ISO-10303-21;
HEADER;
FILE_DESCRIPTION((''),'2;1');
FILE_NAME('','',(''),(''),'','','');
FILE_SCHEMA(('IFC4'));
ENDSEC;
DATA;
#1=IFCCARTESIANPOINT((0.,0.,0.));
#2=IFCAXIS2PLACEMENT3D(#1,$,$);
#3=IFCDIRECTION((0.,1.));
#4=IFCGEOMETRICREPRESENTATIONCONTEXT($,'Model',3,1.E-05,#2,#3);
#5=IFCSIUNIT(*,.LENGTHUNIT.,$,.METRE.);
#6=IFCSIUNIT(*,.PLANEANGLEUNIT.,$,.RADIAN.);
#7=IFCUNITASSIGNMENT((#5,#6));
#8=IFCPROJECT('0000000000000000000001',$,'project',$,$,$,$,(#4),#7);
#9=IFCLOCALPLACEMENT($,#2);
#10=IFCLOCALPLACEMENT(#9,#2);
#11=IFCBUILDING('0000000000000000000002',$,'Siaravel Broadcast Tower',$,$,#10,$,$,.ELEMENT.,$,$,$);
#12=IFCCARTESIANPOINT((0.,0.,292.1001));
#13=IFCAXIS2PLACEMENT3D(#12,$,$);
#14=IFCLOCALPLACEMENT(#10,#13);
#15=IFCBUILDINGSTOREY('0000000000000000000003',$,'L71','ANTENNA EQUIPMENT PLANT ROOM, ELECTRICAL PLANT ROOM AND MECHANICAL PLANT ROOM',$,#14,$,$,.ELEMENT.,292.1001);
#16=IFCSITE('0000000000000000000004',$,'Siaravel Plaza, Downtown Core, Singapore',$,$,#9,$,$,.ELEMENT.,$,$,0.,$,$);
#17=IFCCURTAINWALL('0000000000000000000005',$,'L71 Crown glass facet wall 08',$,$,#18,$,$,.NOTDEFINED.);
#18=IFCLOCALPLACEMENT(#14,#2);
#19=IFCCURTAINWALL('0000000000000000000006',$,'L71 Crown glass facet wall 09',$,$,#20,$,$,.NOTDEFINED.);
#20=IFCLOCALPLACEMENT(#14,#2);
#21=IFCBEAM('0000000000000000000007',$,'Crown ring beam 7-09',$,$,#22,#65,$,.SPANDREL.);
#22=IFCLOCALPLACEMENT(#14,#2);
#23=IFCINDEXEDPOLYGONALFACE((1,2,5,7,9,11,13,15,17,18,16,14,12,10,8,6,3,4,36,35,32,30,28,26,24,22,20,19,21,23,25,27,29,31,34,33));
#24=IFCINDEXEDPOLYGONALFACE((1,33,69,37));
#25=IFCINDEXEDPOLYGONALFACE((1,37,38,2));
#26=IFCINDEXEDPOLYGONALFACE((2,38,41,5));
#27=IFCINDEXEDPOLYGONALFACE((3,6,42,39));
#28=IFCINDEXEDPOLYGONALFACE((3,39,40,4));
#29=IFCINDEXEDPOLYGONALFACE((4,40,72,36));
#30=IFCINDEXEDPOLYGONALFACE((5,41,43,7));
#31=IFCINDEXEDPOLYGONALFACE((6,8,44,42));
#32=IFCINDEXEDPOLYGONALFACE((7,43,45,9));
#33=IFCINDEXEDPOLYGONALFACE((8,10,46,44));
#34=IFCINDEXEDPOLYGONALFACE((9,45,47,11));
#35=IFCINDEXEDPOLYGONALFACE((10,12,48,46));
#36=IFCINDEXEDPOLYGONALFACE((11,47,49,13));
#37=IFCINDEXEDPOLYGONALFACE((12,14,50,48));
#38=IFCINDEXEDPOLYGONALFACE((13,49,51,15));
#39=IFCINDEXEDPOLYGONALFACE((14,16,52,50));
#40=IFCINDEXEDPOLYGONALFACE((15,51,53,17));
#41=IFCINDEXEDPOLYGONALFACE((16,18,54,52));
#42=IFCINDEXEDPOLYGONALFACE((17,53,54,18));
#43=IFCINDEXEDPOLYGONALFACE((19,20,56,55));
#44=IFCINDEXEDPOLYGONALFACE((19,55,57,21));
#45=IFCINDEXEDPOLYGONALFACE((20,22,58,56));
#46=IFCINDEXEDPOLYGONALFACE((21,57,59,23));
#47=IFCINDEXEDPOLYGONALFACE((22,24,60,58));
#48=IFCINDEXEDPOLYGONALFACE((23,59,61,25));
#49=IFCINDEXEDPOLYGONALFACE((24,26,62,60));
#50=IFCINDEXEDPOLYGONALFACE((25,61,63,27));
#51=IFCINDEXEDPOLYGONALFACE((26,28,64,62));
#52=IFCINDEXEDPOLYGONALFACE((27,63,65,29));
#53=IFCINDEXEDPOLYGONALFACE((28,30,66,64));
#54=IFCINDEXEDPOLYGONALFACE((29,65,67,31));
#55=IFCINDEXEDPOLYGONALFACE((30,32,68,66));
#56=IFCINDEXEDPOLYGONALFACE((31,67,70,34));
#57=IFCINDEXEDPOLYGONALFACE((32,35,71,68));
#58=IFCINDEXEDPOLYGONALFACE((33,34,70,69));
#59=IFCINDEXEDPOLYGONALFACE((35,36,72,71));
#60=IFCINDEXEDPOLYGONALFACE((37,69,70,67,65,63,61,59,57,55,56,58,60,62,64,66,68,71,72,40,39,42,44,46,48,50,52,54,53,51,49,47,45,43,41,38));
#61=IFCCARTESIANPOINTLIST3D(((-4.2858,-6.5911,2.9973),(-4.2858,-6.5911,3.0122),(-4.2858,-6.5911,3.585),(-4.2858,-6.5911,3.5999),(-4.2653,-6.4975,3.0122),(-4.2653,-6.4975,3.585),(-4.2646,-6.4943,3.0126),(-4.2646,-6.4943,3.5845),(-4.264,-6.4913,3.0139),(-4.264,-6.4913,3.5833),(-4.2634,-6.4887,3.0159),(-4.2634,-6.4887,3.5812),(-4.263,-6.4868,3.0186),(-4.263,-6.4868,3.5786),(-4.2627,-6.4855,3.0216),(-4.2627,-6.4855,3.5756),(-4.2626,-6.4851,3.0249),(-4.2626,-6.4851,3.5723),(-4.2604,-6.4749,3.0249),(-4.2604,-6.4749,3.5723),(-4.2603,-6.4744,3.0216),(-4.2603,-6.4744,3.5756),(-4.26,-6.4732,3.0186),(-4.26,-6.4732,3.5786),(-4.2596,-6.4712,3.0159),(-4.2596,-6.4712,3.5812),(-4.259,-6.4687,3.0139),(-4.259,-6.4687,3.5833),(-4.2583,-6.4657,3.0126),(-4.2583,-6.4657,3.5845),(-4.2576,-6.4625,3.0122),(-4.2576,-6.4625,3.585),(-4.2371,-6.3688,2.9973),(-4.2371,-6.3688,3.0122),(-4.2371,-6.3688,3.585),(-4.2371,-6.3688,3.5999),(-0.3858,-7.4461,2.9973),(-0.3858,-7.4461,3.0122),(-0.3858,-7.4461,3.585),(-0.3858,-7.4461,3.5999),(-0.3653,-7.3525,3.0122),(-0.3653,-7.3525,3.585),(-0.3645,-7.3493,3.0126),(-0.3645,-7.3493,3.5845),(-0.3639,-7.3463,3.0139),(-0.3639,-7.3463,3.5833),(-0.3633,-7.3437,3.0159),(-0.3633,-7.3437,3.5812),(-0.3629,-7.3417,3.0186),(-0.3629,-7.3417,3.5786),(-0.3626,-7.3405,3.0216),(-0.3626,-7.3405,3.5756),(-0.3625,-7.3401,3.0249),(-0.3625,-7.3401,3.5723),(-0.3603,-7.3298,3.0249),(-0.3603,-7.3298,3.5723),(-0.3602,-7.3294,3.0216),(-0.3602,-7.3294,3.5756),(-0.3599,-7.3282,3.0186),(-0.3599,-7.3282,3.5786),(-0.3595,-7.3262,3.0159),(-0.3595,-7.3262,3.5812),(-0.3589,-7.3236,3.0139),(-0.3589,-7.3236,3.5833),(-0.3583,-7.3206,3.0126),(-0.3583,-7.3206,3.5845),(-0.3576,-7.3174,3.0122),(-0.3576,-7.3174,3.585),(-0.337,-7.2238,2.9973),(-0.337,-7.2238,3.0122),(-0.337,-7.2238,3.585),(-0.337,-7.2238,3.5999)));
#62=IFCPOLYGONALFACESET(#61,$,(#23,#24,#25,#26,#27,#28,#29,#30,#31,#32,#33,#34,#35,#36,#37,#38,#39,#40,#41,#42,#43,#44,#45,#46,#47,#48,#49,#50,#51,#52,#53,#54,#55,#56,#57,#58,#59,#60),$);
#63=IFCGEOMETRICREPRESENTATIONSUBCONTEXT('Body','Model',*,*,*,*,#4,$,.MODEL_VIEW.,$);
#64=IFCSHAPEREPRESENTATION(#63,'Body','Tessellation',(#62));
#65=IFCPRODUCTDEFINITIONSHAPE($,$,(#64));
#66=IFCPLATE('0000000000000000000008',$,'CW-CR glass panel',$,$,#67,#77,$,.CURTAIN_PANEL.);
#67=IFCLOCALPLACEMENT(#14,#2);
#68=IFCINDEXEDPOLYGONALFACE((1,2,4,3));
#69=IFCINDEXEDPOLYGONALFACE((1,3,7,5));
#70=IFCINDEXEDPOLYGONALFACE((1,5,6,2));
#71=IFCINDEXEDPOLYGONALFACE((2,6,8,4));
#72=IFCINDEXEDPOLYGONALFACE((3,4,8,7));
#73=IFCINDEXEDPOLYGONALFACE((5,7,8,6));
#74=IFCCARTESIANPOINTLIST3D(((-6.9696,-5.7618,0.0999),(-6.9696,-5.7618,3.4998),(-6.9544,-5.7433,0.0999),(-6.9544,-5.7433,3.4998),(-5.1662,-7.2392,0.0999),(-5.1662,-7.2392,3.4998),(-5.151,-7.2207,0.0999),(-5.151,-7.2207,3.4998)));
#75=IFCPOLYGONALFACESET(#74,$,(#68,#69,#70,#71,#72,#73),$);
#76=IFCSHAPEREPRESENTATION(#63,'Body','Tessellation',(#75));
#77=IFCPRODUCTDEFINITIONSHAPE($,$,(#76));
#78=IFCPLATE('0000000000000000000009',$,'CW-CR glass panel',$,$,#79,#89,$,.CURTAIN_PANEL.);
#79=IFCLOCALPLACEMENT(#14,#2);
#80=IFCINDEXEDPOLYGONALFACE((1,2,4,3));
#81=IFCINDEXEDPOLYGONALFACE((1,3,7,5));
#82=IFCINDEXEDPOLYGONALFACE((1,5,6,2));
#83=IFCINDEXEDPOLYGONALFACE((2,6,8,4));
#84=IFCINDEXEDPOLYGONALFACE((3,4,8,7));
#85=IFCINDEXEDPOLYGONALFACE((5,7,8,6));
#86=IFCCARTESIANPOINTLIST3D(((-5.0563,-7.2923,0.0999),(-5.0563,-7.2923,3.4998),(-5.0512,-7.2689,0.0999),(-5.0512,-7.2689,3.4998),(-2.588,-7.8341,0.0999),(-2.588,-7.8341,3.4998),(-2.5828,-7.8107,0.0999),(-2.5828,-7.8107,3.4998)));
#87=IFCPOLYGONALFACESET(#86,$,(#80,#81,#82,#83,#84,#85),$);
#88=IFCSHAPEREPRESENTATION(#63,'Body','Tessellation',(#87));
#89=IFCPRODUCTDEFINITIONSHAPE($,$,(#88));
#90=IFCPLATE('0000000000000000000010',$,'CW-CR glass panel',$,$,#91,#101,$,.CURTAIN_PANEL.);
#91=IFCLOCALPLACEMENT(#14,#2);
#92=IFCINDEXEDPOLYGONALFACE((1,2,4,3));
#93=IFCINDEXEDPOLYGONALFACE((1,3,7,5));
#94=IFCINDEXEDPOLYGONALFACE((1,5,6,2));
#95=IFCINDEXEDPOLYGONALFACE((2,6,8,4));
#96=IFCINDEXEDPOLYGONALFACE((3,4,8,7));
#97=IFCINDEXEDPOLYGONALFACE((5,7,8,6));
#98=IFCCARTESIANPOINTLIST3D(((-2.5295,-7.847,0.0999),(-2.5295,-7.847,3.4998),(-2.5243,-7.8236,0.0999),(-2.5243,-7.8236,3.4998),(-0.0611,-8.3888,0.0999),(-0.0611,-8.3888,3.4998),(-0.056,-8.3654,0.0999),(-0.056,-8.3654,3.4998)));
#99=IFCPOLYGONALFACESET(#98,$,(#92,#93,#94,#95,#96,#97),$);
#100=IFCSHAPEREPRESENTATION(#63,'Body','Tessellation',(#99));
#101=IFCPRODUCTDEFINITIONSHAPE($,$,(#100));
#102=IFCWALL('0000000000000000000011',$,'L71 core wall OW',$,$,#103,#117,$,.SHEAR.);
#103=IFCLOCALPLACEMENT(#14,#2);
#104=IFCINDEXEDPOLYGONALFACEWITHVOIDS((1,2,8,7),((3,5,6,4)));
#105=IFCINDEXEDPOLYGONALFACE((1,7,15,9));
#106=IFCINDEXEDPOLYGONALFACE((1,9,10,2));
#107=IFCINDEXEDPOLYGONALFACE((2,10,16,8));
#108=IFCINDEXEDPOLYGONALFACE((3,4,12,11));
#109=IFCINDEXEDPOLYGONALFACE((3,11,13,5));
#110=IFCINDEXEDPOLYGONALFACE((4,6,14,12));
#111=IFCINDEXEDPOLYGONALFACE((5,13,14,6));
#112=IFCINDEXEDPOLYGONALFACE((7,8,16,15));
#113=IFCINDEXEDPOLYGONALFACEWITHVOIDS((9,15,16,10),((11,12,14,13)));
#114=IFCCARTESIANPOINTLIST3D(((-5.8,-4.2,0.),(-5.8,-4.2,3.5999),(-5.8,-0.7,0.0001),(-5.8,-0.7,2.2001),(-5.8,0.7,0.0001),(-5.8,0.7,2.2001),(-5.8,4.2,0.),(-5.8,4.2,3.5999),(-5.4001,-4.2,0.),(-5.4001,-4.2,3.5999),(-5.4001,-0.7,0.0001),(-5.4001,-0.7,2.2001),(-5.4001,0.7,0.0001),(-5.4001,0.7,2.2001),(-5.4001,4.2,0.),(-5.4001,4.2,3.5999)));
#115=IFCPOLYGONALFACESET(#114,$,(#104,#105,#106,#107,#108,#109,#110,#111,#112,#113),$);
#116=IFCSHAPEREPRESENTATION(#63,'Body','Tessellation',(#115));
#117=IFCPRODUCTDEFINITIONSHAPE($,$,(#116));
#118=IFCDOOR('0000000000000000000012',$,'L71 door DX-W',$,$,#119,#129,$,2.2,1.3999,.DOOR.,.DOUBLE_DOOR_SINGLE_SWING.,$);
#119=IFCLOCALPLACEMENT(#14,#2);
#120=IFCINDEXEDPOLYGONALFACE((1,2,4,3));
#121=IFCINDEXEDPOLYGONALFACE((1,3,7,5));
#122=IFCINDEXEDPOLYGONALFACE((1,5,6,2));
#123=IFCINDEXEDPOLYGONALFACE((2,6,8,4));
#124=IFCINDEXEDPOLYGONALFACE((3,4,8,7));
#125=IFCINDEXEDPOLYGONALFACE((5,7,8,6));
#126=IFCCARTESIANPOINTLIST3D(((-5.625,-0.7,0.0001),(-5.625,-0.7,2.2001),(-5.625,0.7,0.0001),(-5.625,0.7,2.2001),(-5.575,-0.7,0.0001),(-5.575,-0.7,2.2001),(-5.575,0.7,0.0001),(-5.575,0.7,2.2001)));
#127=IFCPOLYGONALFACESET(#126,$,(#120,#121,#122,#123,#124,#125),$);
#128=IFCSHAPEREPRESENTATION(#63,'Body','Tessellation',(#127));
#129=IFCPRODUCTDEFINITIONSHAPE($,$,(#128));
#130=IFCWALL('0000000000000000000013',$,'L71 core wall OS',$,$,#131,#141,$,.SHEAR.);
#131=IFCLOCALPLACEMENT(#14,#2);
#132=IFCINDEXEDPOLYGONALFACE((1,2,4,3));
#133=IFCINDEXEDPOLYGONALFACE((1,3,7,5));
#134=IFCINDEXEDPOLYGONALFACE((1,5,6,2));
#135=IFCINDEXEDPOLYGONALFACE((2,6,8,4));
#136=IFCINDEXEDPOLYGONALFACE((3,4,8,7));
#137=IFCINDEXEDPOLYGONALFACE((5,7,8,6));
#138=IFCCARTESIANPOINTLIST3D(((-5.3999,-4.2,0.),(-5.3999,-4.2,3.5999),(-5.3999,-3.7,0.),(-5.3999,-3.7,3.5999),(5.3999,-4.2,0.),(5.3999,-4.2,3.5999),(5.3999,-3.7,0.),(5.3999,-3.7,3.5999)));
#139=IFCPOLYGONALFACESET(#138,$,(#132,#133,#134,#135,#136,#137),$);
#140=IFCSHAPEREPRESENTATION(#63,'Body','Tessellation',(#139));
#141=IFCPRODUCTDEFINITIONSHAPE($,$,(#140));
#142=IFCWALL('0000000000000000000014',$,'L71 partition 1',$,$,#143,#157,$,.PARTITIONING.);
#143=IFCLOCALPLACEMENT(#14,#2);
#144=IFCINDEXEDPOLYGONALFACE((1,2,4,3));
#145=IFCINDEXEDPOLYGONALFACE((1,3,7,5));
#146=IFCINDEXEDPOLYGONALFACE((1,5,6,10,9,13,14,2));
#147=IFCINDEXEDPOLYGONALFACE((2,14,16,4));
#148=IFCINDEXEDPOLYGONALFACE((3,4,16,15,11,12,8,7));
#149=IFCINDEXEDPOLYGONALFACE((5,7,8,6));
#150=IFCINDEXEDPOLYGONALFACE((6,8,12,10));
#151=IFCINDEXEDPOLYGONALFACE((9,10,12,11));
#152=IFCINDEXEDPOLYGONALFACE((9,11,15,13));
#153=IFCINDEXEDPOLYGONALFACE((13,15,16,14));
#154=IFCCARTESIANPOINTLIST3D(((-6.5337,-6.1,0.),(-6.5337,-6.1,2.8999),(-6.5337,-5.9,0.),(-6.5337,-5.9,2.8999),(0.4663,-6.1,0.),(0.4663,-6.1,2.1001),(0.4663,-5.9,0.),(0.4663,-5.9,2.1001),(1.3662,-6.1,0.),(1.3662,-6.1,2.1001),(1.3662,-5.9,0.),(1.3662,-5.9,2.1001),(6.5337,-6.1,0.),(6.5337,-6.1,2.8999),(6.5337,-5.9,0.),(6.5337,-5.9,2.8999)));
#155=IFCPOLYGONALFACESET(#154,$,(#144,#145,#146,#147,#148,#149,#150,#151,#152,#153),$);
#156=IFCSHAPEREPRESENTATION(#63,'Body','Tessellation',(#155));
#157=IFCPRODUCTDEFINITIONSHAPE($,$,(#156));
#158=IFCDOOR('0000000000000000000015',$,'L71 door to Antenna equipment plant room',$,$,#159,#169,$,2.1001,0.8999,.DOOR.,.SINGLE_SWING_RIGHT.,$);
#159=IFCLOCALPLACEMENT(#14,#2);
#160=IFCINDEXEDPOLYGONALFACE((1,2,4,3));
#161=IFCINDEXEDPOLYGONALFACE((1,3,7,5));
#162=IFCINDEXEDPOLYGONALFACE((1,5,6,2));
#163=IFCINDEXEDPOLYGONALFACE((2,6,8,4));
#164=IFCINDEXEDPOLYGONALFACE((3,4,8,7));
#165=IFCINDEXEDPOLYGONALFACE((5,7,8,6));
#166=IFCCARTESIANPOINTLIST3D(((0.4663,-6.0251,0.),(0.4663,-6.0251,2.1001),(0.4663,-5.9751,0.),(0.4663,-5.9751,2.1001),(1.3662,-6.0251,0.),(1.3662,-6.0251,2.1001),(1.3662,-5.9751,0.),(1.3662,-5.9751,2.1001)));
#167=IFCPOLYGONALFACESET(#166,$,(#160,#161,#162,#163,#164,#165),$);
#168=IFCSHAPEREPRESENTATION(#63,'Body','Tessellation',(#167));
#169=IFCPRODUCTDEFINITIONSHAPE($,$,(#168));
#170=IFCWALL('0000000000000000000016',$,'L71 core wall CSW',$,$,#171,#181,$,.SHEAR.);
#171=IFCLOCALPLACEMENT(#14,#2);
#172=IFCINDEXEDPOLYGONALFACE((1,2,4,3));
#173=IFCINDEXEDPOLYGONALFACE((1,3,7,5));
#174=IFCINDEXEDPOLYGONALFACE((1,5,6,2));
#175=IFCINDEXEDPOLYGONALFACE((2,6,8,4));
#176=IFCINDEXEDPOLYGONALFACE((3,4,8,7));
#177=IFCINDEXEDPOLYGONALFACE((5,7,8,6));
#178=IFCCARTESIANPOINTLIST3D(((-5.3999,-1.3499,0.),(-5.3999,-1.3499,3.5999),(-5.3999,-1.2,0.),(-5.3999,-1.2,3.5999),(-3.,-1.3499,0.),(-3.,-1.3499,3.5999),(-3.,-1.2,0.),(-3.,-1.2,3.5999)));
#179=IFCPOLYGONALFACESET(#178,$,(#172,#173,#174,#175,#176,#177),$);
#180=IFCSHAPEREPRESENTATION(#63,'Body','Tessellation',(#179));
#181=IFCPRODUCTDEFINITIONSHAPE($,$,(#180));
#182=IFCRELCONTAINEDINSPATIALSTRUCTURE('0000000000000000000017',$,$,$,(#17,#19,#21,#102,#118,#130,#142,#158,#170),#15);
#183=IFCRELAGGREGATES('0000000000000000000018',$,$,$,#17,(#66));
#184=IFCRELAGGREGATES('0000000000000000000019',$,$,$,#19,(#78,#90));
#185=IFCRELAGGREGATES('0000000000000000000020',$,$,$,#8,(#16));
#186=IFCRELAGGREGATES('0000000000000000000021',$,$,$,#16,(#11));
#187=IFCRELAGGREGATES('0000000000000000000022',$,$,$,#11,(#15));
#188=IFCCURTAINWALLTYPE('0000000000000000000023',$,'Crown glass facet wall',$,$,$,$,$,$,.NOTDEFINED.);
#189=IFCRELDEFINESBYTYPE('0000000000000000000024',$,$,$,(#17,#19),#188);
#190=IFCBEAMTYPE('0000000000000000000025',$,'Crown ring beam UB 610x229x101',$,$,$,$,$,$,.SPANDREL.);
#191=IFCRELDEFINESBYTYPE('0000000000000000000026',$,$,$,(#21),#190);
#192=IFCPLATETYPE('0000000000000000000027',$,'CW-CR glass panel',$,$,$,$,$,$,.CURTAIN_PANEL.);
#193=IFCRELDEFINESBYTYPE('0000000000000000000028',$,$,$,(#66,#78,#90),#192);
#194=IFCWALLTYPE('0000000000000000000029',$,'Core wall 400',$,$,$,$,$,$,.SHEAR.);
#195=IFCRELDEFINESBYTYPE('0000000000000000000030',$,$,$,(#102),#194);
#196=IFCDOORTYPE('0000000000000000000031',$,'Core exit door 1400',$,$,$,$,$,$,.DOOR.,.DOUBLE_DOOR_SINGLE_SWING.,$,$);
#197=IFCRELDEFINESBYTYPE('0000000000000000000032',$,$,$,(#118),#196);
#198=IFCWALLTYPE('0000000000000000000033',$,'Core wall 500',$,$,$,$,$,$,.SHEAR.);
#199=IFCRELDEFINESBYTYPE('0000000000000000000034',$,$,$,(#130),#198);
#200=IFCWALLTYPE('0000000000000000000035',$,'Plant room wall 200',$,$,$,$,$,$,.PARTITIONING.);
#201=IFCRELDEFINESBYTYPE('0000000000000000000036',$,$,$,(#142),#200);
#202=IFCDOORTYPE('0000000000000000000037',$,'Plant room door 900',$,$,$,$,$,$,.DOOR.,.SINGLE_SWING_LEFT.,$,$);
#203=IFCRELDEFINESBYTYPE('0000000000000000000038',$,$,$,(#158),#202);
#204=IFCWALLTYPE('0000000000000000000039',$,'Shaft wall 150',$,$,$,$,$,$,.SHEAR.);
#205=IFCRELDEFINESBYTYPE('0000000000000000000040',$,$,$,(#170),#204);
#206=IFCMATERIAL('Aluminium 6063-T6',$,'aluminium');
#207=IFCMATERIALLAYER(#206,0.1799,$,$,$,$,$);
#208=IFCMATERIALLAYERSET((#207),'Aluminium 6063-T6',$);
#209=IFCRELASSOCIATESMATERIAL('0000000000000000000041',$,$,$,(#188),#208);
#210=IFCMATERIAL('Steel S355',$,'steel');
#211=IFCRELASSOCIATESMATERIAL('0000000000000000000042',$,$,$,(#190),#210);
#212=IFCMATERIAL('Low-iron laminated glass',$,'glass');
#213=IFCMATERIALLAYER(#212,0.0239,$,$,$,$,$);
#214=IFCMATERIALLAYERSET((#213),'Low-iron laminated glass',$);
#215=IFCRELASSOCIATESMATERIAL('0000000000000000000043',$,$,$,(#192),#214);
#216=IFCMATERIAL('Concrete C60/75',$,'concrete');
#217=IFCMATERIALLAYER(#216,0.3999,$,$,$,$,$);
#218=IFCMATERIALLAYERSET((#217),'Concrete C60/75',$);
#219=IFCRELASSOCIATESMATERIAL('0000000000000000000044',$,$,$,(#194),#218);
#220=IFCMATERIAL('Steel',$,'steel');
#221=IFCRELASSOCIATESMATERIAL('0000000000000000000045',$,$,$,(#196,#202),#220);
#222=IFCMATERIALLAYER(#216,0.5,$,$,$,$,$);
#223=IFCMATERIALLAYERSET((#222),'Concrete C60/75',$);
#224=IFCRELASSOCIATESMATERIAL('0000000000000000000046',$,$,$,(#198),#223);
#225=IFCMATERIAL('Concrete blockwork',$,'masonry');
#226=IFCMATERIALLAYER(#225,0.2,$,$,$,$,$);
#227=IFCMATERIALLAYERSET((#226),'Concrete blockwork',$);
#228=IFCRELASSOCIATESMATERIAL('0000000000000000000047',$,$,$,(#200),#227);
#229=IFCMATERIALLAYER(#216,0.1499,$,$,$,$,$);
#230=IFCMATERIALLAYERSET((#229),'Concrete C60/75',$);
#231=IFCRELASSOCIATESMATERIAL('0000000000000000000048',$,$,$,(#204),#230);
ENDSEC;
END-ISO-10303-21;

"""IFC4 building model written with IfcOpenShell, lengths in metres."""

from ifc_helpers import new_model, si_unit, direction, frame, frame_2d, origin, origin_2d, place, context, subcontext, project, spatial, rectangle, i_section, extrude, material, layer, layer_set, material_profile, profile_set, type_object, element, fill, aggregate, save


model = new_model("IFC4")

# Units and contexts
model_context = context("Model", 3, precision=1e-05, world=origin(), true_north=direction((0.0, 1.0)))
body_context = subcontext(model_context, "Body", "Model", "MODEL_VIEW")
ifc_project = project(units=[si_unit("LENGTHUNIT", "METRE"), si_unit("PLANEANGLEUNIT", "RADIAN")], contexts=[model_context])

# Site, building, storey
site_placement = place(None, origin())
site = spatial("IfcSite", under=ifc_project, at=site_placement, Name="Siaravel Plaza, Downtown Core, Singapore", CompositionType="ELEMENT", RefElevation=0.0)
building_placement = place(site_placement, origin())
building = spatial("IfcBuilding", under=site, at=building_placement, Name="Siaravel Broadcast Tower", CompositionType="ELEMENT")
storey_placement = place(building_placement, frame((0.0, 0.0, 292.1001)))
storey = spatial("IfcBuildingStorey", under=building, at=storey_placement, Name="L71", Description="ANTENNA EQUIPMENT PLANT ROOM, ELECTRICAL PLANT ROOM AND MECHANICAL PLANT ROOM", CompositionType="ELEMENT", Elevation=292.1001)

# Curtain wall
ifc_material_1 = material(Name="Aluminium 6063-T6", Category="aluminium")
ifc_layer_1 = layer(ifc_material_1, 0.1799)
ifc_layer_set_1 = layer_set([ifc_layer_1], Name="Aluminium 6063-T6")
curtain_wall_type = type_object("IfcCurtainWallType", Name="Crown glass facet wall", PredefinedType="NOTDEFINED", material=ifc_layer_set_1)
curtain_wall_1_placement = place(storey_placement, origin())
curtain_wall_1 = element("IfcCurtainWall", 1, at=curtain_wall_1_placement, inside=storey, type_object=curtain_wall_type, Name="L71 Crown glass facet wall 08", PredefinedType="NOTDEFINED")

# Curtain wall
curtain_wall_2_placement = place(storey_placement, origin())
curtain_wall_2 = element("IfcCurtainWall", 2, at=curtain_wall_2_placement, inside=storey, type_object=curtain_wall_type, Name="L71 Crown glass facet wall 09", PredefinedType="NOTDEFINED")

# Beam
ifc_material_2 = material(Name="Steel S355", Category="steel")
ifc_material_profile_1 = material_profile(ifc_material_2, i_section(OverallWidth=0.2275, OverallDepth=0.6025, WebThickness=0.0105, FlangeThickness=0.0149, FilletRadius=0.0127, at=origin_2d()))
ifc_profile_set_1 = profile_set([ifc_material_profile_1], Name="Steel S355")
beam_type_1 = type_object("IfcBeamType", Name="Crown ring beam UB 610x229x101", PredefinedType="SPANDREL", material=ifc_profile_set_1)
beam_1_placement = place(storey_placement, frame((-4.2615, -6.48, 3.2986), z_axis=(0.976805, -0.214133, 0.0), x_axis=(0.214133, 0.976805, 0.0)))
element("IfcBeam", 3, at=beam_1_placement, inside=storey, type_object=beam_type_1, Name="Crown ring beam 7-09", PredefinedType="SPANDREL", context=body_context, shape_type="SweptSolid", body=[
    extrude(i_section(OverallWidth=0.2275, OverallDepth=0.6025, WebThickness=0.0105, FlangeThickness=0.0149, FilletRadius=0.0127, at=origin_2d()), origin(), (0.0, 0.0, 1.0), 3.9927),
])

# Plates
ifc_material_3 = material(Name="Low-iron laminated glass", Category="glass")
ifc_layer_2 = layer(ifc_material_3, 0.0239)
ifc_layer_set_2 = layer_set([ifc_layer_2], Name="Low-iron laminated glass")
plate_type = type_object("IfcPlateType", Name="CW-CR glass panel", PredefinedType="CURTAIN_PANEL", material=ifc_layer_set_2)
plate_1_placement = place(storey_placement, frame((-6.0603, -6.4912, 0.0999), z_axis=(0.0, 0.0, 1.0), x_axis=(0.773559, -0.633724, 0.0)))
plate_1 = element("IfcPlate", 4, at=plate_1_placement, type_object=plate_type, Name="CW-CR glass panel", PredefinedType="CURTAIN_PANEL", context=body_context, shape_type="SweptSolid", body=[
    extrude(rectangle(XDim=2.3313, YDim=0.0239, at=origin_2d()), origin(), (0.0, 0.0, 1.0), 3.3999),
])
aggregate(curtain_wall_1, [plate_1])
plate_2_placement = place(storey_placement, frame((-3.8196, -7.5515, 0.0999), z_axis=(0.0, 0.0, 1.0), x_axis=(0.976746, -0.214399, 0.0)))
plate_2 = element("IfcPlate", 5, at=plate_2_placement, type_object=plate_type, Name="CW-CR glass panel", PredefinedType="CURTAIN_PANEL", context=body_context, shape_type="SweptSolid", body=[
    extrude(rectangle(XDim=2.5271, YDim=0.0239, at=origin_2d()), origin(), (0.0, 0.0, 1.0), 3.3999),
])
plate_3_placement = place(storey_placement, frame((-1.2927, -8.1062, 0.0999), z_axis=(0.0, 0.0, 1.0), x_axis=(0.976746, -0.214399, 0.0)))
plate_3 = element("IfcPlate", 6, at=plate_3_placement, type_object=plate_type, Name="CW-CR glass panel", PredefinedType="CURTAIN_PANEL", context=body_context, shape_type="SweptSolid", body=[
    extrude(rectangle(XDim=2.5271, YDim=0.0239, at=origin_2d()), origin(), (0.0, 0.0, 1.0), 3.3999),
])
aggregate(curtain_wall_2, [plate_2, plate_3])

# Wall, opening, door
ifc_material_4 = material(Name="Concrete C60/75", Category="concrete")
ifc_layer_3 = layer(ifc_material_4, 0.3999)
ifc_layer_set_3 = layer_set([ifc_layer_3], Name="Concrete C60/75")
wall_type_1 = type_object("IfcWallType", Name="Core wall 400", PredefinedType="SHEAR", material=ifc_layer_set_3)
wall_1_placement = place(storey_placement, frame((-5.6001, -4.2, 0.0), z_axis=(0.0, 0.0, 1.0), x_axis=(0.0, 1.0, 0.0)))
wall_1 = element("IfcWall", 7, at=wall_1_placement, inside=storey, type_object=wall_type_1, Name="L71 core wall OW", PredefinedType="SHEAR", context=body_context, shape_type="SweptSolid", body=[
    extrude(rectangle(XDim=8.3999, YDim=0.3999, at=frame_2d((4.2, 0.0))), origin(), (0.0, 0.0, 1.0), 3.5999),
])
opening_1_placement = place(wall_1_placement, frame((3.5, 0.0, 0.0)))
opening_1 = element("IfcOpeningElement", 8, at=opening_1_placement, cuts=wall_1, PredefinedType="OPENING", context=body_context, shape_type="SweptSolid", body=[
    extrude(rectangle(XDim=1.3999, YDim=2.2, at=frame_2d((0.7, 1.1001))), frame((0.0, 0.21, 0.0), z_axis=(0.0, -1.0, 0.0), x_axis=(1.0, 0.0, 0.0)), (0.0, 0.0, 1.0), 0.4199),
])
ifc_material_5 = material(Name="Steel", Category="steel")
door_type_1 = type_object("IfcDoorType", Name="Core exit door 1400", OperationType="DOUBLE_DOOR_SINGLE_SWING", PredefinedType="DOOR", material=ifc_material_5)
door_1_placement = place(opening_1_placement, origin())
door_1 = element("IfcDoor", 9, at=door_1_placement, inside=storey, type_object=door_type_1, Name="L71 door DX-W", OperationType="DOUBLE_DOOR_SINGLE_SWING", OverallHeight=2.2, OverallWidth=1.3999, PredefinedType="DOOR", context=body_context, shape_type="SweptSolid", body=[
    extrude(rectangle(XDim=1.3999, YDim=2.2, at=frame_2d((0.7, 1.1001))), frame((0.0, 0.0249, 0.0), z_axis=(0.0, -1.0, 0.0), x_axis=(1.0, 0.0, 0.0)), (0.0, 0.0, 1.0), 0.05),
])
fill(opening_1, door_1)

# Wall
ifc_layer_4 = layer(ifc_material_4, 0.5)
ifc_layer_set_4 = layer_set([ifc_layer_4], Name="Concrete C60/75")
wall_type_2 = type_object("IfcWallType", Name="Core wall 500", PredefinedType="SHEAR", material=ifc_layer_set_4)
wall_2_placement = place(storey_placement, frame((-5.3999, -3.95, 0.0), z_axis=(0.0, 0.0, 1.0), x_axis=(1.0, 0.0, 0.0)))
element("IfcWall", 10, at=wall_2_placement, inside=storey, type_object=wall_type_2, Name="L71 core wall OS", PredefinedType="SHEAR", context=body_context, shape_type="SweptSolid", body=[
    extrude(rectangle(XDim=10.7998, YDim=0.5, at=frame_2d((5.3999, 0.0))), origin(), (0.0, 0.0, 1.0), 3.5999),
])

# Wall, opening, door
ifc_material_6 = material(Name="Concrete blockwork", Category="masonry")
ifc_layer_5 = layer(ifc_material_6, 0.2)
ifc_layer_set_5 = layer_set([ifc_layer_5], Name="Concrete blockwork")
wall_type_3 = type_object("IfcWallType", Name="Plant room wall 200", PredefinedType="PARTITIONING", material=ifc_layer_set_5)
wall_3_placement = place(storey_placement, frame((-6.5337, -6.0, 0.0), z_axis=(0.0, 0.0, 1.0), x_axis=(1.0, 0.0, 0.0)))
wall_3 = element("IfcWall", 11, at=wall_3_placement, inside=storey, type_object=wall_type_3, Name="L71 partition 1", PredefinedType="PARTITIONING", context=body_context, shape_type="SweptSolid", body=[
    extrude(rectangle(XDim=13.0674, YDim=0.2, at=frame_2d((6.5337, 0.0))), origin(), (0.0, 0.0, 1.0), 2.8999),
])
opening_2_placement = place(wall_3_placement, frame((7.0, 0.0, 0.0)))
opening_2 = element("IfcOpeningElement", 12, at=opening_2_placement, cuts=wall_3, PredefinedType="OPENING", context=body_context, shape_type="SweptSolid", body=[
    extrude(rectangle(XDim=0.8999, YDim=2.1001, at=frame_2d((0.45, 1.05))), frame((0.0, 0.1099, 0.0), z_axis=(0.0, -1.0, 0.0), x_axis=(1.0, 0.0, 0.0)), (0.0, 0.0, 1.0), 0.22),
])
door_type_2 = type_object("IfcDoorType", Name="Plant room door 900", OperationType="SINGLE_SWING_LEFT", PredefinedType="DOOR", material=ifc_material_5)
door_2_placement = place(opening_2_placement, origin())
door_2 = element("IfcDoor", 13, at=door_2_placement, inside=storey, type_object=door_type_2, Name="L71 door to Antenna equipment plant room", OperationType="SINGLE_SWING_RIGHT", OverallHeight=2.1001, OverallWidth=0.8999, PredefinedType="DOOR", context=body_context, shape_type="SweptSolid", body=[
    extrude(rectangle(XDim=0.8999, YDim=2.1001, at=frame_2d((0.45, 1.05))), frame((0.0, 0.0249, 0.0), z_axis=(0.0, -1.0, 0.0), x_axis=(1.0, 0.0, 0.0)), (0.0, 0.0, 1.0), 0.05),
])
fill(opening_2, door_2)

# Wall
ifc_layer_6 = layer(ifc_material_4, 0.1499)
ifc_layer_set_6 = layer_set([ifc_layer_6], Name="Concrete C60/75")
wall_type_4 = type_object("IfcWallType", Name="Shaft wall 150", PredefinedType="SHEAR", material=ifc_layer_set_6)
wall_4_placement = place(storey_placement, frame((-5.3999, -1.2749, 0.0), z_axis=(0.0, 0.0, 1.0), x_axis=(1.0, 0.0, 0.0)))
element("IfcWall", 14, at=wall_4_placement, inside=storey, type_object=wall_type_4, Name="L71 core wall CSW", PredefinedType="SHEAR", context=body_context, shape_type="SweptSolid", body=[
    extrude(rectangle(XDim=2.3999, YDim=0.1499, at=frame_2d((1.2, 0.0))), origin(), (0.0, 0.0, 1.0), 3.5999),
])

save(model, "model.ifc")
